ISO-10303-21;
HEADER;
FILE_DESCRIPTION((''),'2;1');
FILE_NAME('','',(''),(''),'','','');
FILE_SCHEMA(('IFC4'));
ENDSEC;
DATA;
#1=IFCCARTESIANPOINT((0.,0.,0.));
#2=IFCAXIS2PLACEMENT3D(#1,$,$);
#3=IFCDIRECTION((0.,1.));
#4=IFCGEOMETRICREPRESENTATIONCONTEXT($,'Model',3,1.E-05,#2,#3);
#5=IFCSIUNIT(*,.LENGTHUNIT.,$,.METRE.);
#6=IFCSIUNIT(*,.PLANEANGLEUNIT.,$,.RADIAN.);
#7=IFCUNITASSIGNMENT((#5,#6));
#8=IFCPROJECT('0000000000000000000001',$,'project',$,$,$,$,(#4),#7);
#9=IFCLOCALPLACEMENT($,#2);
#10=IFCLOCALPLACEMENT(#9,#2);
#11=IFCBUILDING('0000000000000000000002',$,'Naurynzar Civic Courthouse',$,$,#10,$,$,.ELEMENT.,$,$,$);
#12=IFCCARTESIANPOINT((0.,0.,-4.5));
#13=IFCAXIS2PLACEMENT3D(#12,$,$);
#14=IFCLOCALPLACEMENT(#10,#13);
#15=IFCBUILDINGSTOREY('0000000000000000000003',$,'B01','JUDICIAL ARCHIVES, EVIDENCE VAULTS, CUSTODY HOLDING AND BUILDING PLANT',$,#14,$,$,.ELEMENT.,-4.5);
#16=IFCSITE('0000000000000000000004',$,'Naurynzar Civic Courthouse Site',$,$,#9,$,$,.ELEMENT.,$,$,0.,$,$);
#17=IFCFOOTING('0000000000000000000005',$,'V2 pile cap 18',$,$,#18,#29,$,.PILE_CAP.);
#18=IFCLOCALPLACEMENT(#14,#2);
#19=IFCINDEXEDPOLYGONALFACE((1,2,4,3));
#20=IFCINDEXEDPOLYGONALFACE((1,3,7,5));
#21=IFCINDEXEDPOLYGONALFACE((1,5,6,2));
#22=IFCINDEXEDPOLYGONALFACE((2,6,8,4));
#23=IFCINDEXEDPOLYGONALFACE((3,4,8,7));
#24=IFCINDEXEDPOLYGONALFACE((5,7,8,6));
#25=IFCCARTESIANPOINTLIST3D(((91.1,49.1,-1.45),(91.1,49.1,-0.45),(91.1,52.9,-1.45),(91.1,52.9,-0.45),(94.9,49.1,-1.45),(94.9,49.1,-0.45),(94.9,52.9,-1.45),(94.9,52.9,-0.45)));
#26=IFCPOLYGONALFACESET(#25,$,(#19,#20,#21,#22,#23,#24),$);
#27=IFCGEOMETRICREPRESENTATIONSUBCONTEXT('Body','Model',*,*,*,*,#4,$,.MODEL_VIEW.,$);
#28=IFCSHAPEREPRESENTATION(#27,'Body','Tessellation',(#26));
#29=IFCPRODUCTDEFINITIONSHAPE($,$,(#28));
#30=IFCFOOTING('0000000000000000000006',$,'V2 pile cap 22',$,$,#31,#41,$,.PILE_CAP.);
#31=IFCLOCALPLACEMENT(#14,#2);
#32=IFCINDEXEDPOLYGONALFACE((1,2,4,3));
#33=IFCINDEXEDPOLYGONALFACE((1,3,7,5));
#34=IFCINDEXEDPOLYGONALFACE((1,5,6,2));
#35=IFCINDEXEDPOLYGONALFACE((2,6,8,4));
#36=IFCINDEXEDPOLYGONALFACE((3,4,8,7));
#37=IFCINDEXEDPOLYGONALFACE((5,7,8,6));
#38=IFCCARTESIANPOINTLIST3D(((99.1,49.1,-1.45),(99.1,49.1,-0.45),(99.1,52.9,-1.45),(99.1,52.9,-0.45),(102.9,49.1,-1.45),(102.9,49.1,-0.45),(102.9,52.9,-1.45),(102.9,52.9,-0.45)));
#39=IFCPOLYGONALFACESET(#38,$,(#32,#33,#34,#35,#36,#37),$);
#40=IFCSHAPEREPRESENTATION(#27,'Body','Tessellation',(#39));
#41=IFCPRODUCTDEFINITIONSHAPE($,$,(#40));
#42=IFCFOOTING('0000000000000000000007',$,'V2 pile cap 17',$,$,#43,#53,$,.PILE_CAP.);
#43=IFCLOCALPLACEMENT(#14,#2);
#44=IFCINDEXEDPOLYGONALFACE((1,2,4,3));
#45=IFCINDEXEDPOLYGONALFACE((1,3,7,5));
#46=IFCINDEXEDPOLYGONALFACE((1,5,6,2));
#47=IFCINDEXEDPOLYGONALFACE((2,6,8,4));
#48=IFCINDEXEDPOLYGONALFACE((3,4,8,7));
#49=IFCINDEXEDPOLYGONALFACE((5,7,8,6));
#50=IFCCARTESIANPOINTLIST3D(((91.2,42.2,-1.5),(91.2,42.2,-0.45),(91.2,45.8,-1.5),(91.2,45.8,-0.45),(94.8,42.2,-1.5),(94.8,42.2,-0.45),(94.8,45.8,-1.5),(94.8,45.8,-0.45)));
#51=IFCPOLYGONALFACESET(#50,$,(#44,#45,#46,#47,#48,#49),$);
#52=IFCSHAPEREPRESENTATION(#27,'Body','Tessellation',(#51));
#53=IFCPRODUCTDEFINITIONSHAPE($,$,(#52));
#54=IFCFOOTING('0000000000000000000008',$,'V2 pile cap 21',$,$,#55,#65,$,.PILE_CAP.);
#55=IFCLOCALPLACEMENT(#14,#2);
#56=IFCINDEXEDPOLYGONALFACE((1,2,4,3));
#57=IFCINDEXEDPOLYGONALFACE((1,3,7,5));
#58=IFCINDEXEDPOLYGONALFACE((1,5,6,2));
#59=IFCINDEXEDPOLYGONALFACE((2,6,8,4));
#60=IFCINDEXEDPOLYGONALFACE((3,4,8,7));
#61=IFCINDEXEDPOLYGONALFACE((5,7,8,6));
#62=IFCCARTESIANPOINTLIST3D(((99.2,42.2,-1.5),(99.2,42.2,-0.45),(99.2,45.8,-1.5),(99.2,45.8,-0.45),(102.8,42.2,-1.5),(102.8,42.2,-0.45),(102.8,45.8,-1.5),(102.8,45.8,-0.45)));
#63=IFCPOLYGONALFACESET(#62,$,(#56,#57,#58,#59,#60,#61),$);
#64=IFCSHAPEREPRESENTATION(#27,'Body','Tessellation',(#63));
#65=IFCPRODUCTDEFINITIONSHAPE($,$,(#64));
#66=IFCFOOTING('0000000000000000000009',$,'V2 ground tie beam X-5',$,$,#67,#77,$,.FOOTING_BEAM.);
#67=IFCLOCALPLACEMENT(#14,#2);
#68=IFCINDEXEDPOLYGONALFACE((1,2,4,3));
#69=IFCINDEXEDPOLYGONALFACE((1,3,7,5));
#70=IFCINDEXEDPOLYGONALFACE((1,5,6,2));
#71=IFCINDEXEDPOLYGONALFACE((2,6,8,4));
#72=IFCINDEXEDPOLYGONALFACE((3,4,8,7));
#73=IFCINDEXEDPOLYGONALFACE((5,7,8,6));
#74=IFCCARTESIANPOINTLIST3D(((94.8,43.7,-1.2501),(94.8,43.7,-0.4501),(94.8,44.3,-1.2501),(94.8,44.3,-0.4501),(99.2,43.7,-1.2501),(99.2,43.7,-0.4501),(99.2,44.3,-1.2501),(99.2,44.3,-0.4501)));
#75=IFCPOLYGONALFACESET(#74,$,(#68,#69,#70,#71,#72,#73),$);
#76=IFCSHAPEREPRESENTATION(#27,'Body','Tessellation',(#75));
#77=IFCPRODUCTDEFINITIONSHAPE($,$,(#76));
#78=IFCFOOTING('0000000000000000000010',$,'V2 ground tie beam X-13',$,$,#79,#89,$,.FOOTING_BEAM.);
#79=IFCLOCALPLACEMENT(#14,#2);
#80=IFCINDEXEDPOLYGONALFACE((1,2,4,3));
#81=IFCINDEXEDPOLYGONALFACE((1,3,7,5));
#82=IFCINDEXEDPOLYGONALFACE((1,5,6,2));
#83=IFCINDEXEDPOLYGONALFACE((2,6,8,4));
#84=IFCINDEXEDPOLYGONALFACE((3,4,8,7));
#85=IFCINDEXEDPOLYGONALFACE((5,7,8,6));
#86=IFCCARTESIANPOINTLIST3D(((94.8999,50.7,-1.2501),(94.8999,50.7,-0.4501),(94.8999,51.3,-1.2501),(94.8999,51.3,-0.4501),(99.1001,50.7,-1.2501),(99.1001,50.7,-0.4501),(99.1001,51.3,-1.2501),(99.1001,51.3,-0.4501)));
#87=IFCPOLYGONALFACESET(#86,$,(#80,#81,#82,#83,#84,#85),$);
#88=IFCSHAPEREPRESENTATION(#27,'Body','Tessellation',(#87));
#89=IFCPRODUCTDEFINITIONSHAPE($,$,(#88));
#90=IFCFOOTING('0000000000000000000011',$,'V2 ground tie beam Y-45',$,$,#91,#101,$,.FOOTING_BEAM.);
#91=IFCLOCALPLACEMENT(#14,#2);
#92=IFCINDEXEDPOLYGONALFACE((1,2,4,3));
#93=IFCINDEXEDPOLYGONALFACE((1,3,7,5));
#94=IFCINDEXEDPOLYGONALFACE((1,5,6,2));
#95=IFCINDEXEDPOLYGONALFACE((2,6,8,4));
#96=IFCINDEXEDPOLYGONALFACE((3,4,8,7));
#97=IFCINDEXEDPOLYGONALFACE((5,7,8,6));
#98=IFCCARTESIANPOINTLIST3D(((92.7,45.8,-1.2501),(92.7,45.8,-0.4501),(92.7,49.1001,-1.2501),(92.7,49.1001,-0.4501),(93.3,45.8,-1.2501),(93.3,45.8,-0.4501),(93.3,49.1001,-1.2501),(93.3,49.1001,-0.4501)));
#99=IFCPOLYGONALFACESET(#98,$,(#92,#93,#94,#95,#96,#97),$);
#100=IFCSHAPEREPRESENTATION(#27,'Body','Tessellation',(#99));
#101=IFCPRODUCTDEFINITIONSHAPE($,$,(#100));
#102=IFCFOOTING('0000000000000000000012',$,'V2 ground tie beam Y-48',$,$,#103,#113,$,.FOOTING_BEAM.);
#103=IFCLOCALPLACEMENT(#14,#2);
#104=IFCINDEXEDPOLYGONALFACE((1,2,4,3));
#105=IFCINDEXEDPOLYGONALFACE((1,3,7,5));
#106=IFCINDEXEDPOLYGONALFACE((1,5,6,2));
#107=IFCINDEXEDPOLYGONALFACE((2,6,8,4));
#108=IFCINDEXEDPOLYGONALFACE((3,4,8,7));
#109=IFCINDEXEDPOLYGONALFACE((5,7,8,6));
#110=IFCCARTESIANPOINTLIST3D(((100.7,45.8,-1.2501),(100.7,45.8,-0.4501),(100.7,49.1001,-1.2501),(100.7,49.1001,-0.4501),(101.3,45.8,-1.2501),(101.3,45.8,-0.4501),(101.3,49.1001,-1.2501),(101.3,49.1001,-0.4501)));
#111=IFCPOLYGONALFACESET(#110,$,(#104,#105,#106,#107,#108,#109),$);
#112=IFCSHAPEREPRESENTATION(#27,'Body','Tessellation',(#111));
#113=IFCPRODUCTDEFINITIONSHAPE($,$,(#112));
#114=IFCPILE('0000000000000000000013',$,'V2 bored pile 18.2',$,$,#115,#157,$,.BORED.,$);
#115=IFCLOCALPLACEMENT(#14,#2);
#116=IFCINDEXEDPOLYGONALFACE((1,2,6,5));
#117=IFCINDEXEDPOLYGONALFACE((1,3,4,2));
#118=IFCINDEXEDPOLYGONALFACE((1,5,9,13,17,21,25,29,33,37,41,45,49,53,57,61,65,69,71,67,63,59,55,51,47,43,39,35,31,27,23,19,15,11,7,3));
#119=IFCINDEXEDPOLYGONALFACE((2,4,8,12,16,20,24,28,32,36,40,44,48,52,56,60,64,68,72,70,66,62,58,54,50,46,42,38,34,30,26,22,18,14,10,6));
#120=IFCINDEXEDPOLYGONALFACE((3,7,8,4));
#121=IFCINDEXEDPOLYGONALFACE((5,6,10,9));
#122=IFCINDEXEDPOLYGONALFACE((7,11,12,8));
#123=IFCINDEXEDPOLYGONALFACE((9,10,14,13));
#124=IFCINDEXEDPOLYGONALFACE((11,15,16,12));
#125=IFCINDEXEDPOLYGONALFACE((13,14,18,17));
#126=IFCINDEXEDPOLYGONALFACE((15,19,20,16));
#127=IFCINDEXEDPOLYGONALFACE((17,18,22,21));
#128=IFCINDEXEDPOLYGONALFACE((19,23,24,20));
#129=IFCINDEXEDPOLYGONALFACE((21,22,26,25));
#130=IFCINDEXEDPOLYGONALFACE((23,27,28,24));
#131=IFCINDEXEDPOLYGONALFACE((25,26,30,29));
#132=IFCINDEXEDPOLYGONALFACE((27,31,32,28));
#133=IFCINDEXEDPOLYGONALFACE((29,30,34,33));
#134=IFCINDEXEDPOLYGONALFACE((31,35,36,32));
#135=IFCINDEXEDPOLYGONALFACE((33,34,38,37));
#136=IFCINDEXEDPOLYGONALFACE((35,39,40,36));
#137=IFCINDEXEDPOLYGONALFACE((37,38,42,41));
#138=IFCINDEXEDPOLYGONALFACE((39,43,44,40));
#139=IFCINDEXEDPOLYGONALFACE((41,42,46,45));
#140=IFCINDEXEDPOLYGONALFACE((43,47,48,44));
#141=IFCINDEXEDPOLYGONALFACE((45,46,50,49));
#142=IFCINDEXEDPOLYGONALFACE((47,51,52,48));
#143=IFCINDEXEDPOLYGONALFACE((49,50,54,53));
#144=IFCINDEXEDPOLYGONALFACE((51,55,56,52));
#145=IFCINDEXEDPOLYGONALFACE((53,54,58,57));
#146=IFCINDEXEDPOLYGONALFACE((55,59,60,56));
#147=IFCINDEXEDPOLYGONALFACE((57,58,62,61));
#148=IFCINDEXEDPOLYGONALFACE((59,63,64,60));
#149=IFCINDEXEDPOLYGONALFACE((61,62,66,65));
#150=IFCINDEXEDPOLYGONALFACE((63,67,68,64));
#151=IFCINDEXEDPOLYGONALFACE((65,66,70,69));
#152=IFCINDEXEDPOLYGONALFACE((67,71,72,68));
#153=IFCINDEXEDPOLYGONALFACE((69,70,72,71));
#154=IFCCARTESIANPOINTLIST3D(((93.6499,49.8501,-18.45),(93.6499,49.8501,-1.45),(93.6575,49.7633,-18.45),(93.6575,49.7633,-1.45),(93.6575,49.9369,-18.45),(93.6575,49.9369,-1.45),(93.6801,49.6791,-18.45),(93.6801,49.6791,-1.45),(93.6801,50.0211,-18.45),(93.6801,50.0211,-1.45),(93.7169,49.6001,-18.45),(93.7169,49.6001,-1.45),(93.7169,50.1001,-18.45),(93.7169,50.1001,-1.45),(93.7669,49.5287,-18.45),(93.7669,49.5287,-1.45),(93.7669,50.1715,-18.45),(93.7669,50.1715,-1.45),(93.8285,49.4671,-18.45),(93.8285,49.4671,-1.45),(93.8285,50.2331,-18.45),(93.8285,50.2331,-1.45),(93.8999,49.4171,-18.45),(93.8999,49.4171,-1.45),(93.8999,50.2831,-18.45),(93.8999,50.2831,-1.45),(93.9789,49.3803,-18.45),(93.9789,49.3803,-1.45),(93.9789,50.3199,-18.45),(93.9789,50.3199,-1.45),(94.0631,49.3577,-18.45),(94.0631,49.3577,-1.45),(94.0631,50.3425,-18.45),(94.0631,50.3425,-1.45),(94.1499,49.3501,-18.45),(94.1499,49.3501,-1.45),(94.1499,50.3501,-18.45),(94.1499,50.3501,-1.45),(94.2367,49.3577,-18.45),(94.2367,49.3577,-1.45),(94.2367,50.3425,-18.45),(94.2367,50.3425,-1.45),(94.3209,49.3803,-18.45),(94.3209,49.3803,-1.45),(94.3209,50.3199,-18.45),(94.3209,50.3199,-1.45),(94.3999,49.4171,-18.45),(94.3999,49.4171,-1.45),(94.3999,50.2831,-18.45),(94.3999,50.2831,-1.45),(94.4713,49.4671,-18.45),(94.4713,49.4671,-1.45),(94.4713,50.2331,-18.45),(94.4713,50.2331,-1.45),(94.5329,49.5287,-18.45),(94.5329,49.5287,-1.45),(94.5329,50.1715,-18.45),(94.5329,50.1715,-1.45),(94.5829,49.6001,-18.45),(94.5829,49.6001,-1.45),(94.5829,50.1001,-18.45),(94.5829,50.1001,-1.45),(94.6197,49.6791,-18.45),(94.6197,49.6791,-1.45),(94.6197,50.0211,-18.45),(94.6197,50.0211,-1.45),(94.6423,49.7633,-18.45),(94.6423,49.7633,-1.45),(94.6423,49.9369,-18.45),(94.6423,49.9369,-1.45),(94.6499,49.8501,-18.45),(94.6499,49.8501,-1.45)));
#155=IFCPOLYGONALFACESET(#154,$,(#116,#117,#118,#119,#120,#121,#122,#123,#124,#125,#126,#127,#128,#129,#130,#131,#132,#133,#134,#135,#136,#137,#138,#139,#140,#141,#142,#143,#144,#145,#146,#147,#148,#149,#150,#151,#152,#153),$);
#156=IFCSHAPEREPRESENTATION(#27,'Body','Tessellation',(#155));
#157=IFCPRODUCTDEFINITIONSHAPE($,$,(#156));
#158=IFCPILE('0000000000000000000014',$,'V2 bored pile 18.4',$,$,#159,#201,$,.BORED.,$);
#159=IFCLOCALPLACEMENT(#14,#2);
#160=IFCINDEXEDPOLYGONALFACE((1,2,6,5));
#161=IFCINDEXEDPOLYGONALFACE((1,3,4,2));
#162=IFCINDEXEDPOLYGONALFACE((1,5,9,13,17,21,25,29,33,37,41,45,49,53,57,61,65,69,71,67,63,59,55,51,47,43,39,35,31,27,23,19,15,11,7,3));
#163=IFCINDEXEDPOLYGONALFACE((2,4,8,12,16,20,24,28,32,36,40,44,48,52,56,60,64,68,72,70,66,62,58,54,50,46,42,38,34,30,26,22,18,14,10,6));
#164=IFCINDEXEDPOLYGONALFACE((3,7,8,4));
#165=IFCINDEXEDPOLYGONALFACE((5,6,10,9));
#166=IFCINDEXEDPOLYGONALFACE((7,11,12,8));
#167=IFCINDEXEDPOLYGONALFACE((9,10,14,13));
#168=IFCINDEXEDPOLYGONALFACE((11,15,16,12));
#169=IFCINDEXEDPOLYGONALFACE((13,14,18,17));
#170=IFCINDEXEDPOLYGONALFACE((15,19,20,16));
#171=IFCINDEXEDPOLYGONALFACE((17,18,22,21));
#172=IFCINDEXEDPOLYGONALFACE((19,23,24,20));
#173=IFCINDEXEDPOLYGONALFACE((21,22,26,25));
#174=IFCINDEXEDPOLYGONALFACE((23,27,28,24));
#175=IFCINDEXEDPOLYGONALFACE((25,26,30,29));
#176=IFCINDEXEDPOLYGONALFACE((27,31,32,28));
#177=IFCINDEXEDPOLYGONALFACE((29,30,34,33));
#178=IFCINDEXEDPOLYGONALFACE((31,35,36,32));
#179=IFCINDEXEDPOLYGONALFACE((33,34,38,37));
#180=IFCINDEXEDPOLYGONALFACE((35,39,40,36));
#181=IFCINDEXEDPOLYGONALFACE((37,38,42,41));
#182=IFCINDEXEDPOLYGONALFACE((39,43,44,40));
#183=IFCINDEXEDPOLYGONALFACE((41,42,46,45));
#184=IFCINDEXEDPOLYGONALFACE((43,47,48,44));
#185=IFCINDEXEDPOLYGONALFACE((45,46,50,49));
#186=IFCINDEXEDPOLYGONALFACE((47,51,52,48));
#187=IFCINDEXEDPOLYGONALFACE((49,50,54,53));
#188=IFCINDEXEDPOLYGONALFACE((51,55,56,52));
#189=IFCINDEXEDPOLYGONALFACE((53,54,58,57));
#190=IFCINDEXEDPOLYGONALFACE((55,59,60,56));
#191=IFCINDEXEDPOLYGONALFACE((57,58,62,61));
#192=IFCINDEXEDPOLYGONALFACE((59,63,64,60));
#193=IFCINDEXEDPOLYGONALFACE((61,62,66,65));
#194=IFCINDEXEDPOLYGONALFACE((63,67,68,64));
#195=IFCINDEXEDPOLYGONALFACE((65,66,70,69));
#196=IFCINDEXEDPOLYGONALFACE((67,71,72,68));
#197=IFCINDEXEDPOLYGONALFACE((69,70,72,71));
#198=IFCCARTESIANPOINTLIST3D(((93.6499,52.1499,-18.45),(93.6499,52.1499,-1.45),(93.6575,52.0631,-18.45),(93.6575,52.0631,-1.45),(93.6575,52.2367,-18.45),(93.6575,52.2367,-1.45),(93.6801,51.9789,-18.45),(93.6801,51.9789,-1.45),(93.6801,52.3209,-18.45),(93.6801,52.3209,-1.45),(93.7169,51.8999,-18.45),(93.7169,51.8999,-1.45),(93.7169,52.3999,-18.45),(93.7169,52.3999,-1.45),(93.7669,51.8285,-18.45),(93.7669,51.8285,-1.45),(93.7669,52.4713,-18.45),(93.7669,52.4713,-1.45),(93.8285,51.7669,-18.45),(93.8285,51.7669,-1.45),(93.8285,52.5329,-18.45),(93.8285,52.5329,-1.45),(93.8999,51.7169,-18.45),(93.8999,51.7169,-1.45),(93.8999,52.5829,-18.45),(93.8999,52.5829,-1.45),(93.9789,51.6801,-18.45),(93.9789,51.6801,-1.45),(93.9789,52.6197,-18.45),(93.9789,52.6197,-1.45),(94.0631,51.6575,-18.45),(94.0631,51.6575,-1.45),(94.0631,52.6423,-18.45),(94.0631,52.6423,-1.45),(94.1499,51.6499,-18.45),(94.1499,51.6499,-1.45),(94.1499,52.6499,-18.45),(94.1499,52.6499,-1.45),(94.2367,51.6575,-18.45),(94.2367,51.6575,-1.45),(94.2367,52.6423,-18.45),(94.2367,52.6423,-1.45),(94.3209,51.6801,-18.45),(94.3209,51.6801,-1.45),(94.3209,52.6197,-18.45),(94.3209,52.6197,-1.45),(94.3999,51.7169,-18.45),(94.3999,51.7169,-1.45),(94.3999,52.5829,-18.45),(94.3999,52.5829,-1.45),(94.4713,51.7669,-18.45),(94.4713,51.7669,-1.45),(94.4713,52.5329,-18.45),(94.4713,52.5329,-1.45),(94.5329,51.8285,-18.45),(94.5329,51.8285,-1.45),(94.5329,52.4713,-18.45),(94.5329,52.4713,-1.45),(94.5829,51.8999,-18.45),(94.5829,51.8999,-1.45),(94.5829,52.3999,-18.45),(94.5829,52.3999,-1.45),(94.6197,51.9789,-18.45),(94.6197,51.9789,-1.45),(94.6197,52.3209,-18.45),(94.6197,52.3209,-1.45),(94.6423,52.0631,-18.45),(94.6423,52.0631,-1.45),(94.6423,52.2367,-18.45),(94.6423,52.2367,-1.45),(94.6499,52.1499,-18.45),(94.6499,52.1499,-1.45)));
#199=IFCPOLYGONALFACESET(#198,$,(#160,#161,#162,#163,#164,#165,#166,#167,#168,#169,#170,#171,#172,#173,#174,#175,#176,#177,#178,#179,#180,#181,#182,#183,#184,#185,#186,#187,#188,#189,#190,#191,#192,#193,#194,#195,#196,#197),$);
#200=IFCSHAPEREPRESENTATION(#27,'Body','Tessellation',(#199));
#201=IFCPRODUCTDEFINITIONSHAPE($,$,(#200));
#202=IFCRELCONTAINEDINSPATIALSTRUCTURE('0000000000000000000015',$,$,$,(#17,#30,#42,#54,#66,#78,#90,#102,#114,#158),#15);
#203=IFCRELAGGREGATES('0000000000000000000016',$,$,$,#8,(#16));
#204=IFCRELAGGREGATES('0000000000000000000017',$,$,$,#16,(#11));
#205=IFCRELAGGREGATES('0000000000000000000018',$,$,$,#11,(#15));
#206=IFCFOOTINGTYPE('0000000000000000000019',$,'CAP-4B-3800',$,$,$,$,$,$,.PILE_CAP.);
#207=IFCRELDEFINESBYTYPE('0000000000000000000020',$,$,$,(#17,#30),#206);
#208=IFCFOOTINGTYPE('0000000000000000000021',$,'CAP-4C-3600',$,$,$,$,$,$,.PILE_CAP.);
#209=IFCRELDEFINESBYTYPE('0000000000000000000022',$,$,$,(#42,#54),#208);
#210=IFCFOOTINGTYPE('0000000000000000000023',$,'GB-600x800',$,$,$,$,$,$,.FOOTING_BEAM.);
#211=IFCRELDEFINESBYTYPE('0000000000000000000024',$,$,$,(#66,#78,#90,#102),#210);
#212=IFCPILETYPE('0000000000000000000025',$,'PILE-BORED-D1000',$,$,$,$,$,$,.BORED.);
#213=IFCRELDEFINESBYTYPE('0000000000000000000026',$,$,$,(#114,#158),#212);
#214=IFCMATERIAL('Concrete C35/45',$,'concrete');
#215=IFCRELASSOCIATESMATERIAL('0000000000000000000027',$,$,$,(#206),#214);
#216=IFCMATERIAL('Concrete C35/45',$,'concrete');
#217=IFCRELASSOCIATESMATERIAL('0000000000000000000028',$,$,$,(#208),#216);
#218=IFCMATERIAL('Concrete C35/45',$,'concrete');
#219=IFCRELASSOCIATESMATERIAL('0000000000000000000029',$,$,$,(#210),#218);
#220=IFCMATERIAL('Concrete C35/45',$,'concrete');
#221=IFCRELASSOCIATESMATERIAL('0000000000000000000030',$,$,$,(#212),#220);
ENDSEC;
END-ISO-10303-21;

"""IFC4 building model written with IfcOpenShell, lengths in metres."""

from ifc_helpers import new_model, si_unit, direction, frame, origin, origin_2d, place, context, subcontext, project, spatial, rectangle, circle, extrude, material, material_profile, profile_set, type_object, element, save


model = new_model("IFC4")

# Units and contexts
model_context = context("Model", 3, precision=1e-05, world=origin(), true_north=direction((0.0, 1.0)))
body_context = subcontext(model_context, "Body", "Model", "MODEL_VIEW")
ifc_project = project(units=[si_unit("LENGTHUNIT", "METRE"), si_unit("PLANEANGLEUNIT", "RADIAN")], contexts=[model_context])

# Site, building, storey
site_placement = place(None, origin())
site = spatial("IfcSite", under=ifc_project, at=site_placement, Name="Naurynzar Civic Courthouse Site", CompositionType="ELEMENT", RefElevation=0.0)
building_placement = place(site_placement, origin())
building = spatial("IfcBuilding", under=site, at=building_placement, Name="Naurynzar Civic Courthouse", CompositionType="ELEMENT")
storey_placement = place(building_placement, frame((0.0, 0.0, -4.5)))
storey = spatial("IfcBuildingStorey", under=building, at=storey_placement, Name="B01", Description="JUDICIAL ARCHIVES, EVIDENCE VAULTS, CUSTODY HOLDING AND BUILDING PLANT", CompositionType="ELEMENT", Elevation=-4.5)

# Footings
ifc_material_1 = material(Name="Concrete C35/45", Category="concrete")
footing_type_1 = type_object("IfcFootingType", Name="CAP-4B-3800", PredefinedType="PILE_CAP", material=ifc_material_1)
for number, where, z_axis, x_axis, name in (
    (1, (93.0, 51.0, -1.45), (0.0, 0.0, 1.0), (1.0, 0.0, 0.0), "V2 pile cap 18"),
    (2, (101.0, 51.0, -1.45), (0.0, 0.0, 1.0), (1.0, 0.0, 0.0), "V2 pile cap 22"),
):
    element("IfcFooting", number, at=place(storey_placement, frame(where, z_axis=z_axis, x_axis=x_axis)), inside=storey, type_object=footing_type_1, Name=name, PredefinedType="PILE_CAP", context=body_context, shape_type="SweptSolid", body=[
        extrude(rectangle(XDim=3.8, YDim=3.8, at=origin_2d()), origin(), (0.0, 0.0, 1.0), 1.0),
    ])
ifc_material_2 = material(Name="Concrete C35/45", Category="concrete")
footing_type_2 = type_object("IfcFootingType", Name="CAP-4C-3600", PredefinedType="PILE_CAP", material=ifc_material_2)
for number, where, z_axis, x_axis, name in (
    (3, (93.0, 44.0, -1.5), (0.0, 0.0, 1.0), (1.0, 0.0, 0.0), "V2 pile cap 17"),
    (4, (101.0, 44.0, -1.5), (0.0, 0.0, 1.0), (1.0, 0.0, 0.0), "V2 pile cap 21"),
):
    element("IfcFooting", number, at=place(storey_placement, frame(where, z_axis=z_axis, x_axis=x_axis)), inside=storey, type_object=footing_type_2, Name=name, PredefinedType="PILE_CAP", context=body_context, shape_type="SweptSolid", body=[
        extrude(rectangle(XDim=3.6001, YDim=3.6001, at=origin_2d()), origin(), (0.0, 0.0, 1.0), 1.05),
    ])
ifc_material_3 = material(Name="Concrete C35/45", Category="concrete")
ifc_material_profile_1 = material_profile(ifc_material_3, rectangle(XDim=0.6001, YDim=0.8, at=origin_2d()), Name="GB 600x800")
ifc_profile_set_1 = profile_set([ifc_material_profile_1], Name="Concrete C35/45")
footing_type_3 = type_object("IfcFootingType", Name="GB-600x800", PredefinedType="FOOTING_BEAM", material=ifc_profile_set_1)
footing_1_placement = place(storey_placement, frame((94.8, 44.0, -0.8501), z_axis=(1.0, 0.0, 0.0), x_axis=(0.0, 1.0, 0.0)))
element("IfcFooting", 5, at=footing_1_placement, inside=storey, type_object=footing_type_3, Name="V2 ground tie beam X-5", PredefinedType="FOOTING_BEAM", context=body_context, shape_type="SweptSolid", body=[
    extrude(rectangle(XDim=0.6001, YDim=0.8, at=origin_2d()), origin(), (0.0, 0.0, 1.0), 4.3999),
])
footing_2_placement = place(storey_placement, frame((94.8999, 51.0, -0.8501), z_axis=(1.0, 0.0, 0.0), x_axis=(0.0, 1.0, 0.0)))
element("IfcFooting", 6, at=footing_2_placement, inside=storey, type_object=footing_type_3, Name="V2 ground tie beam X-13", PredefinedType="FOOTING_BEAM", context=body_context, shape_type="SweptSolid", body=[
    extrude(rectangle(XDim=0.6001, YDim=0.8, at=origin_2d()), origin(), (0.0, 0.0, 1.0), 4.2002),
])
for number, where, z_axis, x_axis, name in (
    (7, (93.0, 45.8, -0.8501), (0.0, 1.0, 0.0), (-1.0, 0.0, 0.0), "V2 ground tie beam Y-45"),
    (8, (101.0, 45.8, -0.8501), (0.0, 1.0, 0.0), (-1.0, 0.0, 0.0), "V2 ground tie beam Y-48"),
):
    element("IfcFooting", number, at=place(storey_placement, frame(where, z_axis=z_axis, x_axis=x_axis)), inside=storey, type_object=footing_type_3, Name=name, PredefinedType="FOOTING_BEAM", context=body_context, shape_type="SweptSolid", body=[
        extrude(rectangle(XDim=0.6001, YDim=0.8, at=origin_2d()), origin(), (0.0, 0.0, 1.0), 3.3),
    ])

# Piles
ifc_material_4 = material(Name="Concrete C35/45", Category="concrete")
ifc_material_profile_2 = material_profile(ifc_material_4, circle(Radius=0.5, at=origin_2d()), Name="PILE D1000")
ifc_profile_set_2 = profile_set([ifc_material_profile_2], Name="Concrete C35/45")
pile_type_1 = type_object("IfcPileType", Name="PILE-BORED-D1000", PredefinedType="BORED", material=ifc_profile_set_2)
for number, where, z_axis, x_axis, name in (
    (9, (94.1499, 49.8501, -1.45), (0.0, 0.0, -1.0), (1.0, 0.0, 0.0), "V2 bored pile 18.2"),
    (10, (94.1499, 52.1499, -1.45), (0.0, 0.0, -1.0), (1.0, 0.0, 0.0), "V2 bored pile 18.4"),
):
    element("IfcPile", number, at=place(storey_placement, frame(where, z_axis=z_axis, x_axis=x_axis)), inside=storey, type_object=pile_type_1, Name=name, PredefinedType="BORED", context=body_context, shape_type="SweptSolid", body=[
        extrude(circle(Radius=0.5, at=origin_2d()), origin(), (0.0, 0.0, 1.0), 17.0),
    ])

save(model, "model.ifc")
